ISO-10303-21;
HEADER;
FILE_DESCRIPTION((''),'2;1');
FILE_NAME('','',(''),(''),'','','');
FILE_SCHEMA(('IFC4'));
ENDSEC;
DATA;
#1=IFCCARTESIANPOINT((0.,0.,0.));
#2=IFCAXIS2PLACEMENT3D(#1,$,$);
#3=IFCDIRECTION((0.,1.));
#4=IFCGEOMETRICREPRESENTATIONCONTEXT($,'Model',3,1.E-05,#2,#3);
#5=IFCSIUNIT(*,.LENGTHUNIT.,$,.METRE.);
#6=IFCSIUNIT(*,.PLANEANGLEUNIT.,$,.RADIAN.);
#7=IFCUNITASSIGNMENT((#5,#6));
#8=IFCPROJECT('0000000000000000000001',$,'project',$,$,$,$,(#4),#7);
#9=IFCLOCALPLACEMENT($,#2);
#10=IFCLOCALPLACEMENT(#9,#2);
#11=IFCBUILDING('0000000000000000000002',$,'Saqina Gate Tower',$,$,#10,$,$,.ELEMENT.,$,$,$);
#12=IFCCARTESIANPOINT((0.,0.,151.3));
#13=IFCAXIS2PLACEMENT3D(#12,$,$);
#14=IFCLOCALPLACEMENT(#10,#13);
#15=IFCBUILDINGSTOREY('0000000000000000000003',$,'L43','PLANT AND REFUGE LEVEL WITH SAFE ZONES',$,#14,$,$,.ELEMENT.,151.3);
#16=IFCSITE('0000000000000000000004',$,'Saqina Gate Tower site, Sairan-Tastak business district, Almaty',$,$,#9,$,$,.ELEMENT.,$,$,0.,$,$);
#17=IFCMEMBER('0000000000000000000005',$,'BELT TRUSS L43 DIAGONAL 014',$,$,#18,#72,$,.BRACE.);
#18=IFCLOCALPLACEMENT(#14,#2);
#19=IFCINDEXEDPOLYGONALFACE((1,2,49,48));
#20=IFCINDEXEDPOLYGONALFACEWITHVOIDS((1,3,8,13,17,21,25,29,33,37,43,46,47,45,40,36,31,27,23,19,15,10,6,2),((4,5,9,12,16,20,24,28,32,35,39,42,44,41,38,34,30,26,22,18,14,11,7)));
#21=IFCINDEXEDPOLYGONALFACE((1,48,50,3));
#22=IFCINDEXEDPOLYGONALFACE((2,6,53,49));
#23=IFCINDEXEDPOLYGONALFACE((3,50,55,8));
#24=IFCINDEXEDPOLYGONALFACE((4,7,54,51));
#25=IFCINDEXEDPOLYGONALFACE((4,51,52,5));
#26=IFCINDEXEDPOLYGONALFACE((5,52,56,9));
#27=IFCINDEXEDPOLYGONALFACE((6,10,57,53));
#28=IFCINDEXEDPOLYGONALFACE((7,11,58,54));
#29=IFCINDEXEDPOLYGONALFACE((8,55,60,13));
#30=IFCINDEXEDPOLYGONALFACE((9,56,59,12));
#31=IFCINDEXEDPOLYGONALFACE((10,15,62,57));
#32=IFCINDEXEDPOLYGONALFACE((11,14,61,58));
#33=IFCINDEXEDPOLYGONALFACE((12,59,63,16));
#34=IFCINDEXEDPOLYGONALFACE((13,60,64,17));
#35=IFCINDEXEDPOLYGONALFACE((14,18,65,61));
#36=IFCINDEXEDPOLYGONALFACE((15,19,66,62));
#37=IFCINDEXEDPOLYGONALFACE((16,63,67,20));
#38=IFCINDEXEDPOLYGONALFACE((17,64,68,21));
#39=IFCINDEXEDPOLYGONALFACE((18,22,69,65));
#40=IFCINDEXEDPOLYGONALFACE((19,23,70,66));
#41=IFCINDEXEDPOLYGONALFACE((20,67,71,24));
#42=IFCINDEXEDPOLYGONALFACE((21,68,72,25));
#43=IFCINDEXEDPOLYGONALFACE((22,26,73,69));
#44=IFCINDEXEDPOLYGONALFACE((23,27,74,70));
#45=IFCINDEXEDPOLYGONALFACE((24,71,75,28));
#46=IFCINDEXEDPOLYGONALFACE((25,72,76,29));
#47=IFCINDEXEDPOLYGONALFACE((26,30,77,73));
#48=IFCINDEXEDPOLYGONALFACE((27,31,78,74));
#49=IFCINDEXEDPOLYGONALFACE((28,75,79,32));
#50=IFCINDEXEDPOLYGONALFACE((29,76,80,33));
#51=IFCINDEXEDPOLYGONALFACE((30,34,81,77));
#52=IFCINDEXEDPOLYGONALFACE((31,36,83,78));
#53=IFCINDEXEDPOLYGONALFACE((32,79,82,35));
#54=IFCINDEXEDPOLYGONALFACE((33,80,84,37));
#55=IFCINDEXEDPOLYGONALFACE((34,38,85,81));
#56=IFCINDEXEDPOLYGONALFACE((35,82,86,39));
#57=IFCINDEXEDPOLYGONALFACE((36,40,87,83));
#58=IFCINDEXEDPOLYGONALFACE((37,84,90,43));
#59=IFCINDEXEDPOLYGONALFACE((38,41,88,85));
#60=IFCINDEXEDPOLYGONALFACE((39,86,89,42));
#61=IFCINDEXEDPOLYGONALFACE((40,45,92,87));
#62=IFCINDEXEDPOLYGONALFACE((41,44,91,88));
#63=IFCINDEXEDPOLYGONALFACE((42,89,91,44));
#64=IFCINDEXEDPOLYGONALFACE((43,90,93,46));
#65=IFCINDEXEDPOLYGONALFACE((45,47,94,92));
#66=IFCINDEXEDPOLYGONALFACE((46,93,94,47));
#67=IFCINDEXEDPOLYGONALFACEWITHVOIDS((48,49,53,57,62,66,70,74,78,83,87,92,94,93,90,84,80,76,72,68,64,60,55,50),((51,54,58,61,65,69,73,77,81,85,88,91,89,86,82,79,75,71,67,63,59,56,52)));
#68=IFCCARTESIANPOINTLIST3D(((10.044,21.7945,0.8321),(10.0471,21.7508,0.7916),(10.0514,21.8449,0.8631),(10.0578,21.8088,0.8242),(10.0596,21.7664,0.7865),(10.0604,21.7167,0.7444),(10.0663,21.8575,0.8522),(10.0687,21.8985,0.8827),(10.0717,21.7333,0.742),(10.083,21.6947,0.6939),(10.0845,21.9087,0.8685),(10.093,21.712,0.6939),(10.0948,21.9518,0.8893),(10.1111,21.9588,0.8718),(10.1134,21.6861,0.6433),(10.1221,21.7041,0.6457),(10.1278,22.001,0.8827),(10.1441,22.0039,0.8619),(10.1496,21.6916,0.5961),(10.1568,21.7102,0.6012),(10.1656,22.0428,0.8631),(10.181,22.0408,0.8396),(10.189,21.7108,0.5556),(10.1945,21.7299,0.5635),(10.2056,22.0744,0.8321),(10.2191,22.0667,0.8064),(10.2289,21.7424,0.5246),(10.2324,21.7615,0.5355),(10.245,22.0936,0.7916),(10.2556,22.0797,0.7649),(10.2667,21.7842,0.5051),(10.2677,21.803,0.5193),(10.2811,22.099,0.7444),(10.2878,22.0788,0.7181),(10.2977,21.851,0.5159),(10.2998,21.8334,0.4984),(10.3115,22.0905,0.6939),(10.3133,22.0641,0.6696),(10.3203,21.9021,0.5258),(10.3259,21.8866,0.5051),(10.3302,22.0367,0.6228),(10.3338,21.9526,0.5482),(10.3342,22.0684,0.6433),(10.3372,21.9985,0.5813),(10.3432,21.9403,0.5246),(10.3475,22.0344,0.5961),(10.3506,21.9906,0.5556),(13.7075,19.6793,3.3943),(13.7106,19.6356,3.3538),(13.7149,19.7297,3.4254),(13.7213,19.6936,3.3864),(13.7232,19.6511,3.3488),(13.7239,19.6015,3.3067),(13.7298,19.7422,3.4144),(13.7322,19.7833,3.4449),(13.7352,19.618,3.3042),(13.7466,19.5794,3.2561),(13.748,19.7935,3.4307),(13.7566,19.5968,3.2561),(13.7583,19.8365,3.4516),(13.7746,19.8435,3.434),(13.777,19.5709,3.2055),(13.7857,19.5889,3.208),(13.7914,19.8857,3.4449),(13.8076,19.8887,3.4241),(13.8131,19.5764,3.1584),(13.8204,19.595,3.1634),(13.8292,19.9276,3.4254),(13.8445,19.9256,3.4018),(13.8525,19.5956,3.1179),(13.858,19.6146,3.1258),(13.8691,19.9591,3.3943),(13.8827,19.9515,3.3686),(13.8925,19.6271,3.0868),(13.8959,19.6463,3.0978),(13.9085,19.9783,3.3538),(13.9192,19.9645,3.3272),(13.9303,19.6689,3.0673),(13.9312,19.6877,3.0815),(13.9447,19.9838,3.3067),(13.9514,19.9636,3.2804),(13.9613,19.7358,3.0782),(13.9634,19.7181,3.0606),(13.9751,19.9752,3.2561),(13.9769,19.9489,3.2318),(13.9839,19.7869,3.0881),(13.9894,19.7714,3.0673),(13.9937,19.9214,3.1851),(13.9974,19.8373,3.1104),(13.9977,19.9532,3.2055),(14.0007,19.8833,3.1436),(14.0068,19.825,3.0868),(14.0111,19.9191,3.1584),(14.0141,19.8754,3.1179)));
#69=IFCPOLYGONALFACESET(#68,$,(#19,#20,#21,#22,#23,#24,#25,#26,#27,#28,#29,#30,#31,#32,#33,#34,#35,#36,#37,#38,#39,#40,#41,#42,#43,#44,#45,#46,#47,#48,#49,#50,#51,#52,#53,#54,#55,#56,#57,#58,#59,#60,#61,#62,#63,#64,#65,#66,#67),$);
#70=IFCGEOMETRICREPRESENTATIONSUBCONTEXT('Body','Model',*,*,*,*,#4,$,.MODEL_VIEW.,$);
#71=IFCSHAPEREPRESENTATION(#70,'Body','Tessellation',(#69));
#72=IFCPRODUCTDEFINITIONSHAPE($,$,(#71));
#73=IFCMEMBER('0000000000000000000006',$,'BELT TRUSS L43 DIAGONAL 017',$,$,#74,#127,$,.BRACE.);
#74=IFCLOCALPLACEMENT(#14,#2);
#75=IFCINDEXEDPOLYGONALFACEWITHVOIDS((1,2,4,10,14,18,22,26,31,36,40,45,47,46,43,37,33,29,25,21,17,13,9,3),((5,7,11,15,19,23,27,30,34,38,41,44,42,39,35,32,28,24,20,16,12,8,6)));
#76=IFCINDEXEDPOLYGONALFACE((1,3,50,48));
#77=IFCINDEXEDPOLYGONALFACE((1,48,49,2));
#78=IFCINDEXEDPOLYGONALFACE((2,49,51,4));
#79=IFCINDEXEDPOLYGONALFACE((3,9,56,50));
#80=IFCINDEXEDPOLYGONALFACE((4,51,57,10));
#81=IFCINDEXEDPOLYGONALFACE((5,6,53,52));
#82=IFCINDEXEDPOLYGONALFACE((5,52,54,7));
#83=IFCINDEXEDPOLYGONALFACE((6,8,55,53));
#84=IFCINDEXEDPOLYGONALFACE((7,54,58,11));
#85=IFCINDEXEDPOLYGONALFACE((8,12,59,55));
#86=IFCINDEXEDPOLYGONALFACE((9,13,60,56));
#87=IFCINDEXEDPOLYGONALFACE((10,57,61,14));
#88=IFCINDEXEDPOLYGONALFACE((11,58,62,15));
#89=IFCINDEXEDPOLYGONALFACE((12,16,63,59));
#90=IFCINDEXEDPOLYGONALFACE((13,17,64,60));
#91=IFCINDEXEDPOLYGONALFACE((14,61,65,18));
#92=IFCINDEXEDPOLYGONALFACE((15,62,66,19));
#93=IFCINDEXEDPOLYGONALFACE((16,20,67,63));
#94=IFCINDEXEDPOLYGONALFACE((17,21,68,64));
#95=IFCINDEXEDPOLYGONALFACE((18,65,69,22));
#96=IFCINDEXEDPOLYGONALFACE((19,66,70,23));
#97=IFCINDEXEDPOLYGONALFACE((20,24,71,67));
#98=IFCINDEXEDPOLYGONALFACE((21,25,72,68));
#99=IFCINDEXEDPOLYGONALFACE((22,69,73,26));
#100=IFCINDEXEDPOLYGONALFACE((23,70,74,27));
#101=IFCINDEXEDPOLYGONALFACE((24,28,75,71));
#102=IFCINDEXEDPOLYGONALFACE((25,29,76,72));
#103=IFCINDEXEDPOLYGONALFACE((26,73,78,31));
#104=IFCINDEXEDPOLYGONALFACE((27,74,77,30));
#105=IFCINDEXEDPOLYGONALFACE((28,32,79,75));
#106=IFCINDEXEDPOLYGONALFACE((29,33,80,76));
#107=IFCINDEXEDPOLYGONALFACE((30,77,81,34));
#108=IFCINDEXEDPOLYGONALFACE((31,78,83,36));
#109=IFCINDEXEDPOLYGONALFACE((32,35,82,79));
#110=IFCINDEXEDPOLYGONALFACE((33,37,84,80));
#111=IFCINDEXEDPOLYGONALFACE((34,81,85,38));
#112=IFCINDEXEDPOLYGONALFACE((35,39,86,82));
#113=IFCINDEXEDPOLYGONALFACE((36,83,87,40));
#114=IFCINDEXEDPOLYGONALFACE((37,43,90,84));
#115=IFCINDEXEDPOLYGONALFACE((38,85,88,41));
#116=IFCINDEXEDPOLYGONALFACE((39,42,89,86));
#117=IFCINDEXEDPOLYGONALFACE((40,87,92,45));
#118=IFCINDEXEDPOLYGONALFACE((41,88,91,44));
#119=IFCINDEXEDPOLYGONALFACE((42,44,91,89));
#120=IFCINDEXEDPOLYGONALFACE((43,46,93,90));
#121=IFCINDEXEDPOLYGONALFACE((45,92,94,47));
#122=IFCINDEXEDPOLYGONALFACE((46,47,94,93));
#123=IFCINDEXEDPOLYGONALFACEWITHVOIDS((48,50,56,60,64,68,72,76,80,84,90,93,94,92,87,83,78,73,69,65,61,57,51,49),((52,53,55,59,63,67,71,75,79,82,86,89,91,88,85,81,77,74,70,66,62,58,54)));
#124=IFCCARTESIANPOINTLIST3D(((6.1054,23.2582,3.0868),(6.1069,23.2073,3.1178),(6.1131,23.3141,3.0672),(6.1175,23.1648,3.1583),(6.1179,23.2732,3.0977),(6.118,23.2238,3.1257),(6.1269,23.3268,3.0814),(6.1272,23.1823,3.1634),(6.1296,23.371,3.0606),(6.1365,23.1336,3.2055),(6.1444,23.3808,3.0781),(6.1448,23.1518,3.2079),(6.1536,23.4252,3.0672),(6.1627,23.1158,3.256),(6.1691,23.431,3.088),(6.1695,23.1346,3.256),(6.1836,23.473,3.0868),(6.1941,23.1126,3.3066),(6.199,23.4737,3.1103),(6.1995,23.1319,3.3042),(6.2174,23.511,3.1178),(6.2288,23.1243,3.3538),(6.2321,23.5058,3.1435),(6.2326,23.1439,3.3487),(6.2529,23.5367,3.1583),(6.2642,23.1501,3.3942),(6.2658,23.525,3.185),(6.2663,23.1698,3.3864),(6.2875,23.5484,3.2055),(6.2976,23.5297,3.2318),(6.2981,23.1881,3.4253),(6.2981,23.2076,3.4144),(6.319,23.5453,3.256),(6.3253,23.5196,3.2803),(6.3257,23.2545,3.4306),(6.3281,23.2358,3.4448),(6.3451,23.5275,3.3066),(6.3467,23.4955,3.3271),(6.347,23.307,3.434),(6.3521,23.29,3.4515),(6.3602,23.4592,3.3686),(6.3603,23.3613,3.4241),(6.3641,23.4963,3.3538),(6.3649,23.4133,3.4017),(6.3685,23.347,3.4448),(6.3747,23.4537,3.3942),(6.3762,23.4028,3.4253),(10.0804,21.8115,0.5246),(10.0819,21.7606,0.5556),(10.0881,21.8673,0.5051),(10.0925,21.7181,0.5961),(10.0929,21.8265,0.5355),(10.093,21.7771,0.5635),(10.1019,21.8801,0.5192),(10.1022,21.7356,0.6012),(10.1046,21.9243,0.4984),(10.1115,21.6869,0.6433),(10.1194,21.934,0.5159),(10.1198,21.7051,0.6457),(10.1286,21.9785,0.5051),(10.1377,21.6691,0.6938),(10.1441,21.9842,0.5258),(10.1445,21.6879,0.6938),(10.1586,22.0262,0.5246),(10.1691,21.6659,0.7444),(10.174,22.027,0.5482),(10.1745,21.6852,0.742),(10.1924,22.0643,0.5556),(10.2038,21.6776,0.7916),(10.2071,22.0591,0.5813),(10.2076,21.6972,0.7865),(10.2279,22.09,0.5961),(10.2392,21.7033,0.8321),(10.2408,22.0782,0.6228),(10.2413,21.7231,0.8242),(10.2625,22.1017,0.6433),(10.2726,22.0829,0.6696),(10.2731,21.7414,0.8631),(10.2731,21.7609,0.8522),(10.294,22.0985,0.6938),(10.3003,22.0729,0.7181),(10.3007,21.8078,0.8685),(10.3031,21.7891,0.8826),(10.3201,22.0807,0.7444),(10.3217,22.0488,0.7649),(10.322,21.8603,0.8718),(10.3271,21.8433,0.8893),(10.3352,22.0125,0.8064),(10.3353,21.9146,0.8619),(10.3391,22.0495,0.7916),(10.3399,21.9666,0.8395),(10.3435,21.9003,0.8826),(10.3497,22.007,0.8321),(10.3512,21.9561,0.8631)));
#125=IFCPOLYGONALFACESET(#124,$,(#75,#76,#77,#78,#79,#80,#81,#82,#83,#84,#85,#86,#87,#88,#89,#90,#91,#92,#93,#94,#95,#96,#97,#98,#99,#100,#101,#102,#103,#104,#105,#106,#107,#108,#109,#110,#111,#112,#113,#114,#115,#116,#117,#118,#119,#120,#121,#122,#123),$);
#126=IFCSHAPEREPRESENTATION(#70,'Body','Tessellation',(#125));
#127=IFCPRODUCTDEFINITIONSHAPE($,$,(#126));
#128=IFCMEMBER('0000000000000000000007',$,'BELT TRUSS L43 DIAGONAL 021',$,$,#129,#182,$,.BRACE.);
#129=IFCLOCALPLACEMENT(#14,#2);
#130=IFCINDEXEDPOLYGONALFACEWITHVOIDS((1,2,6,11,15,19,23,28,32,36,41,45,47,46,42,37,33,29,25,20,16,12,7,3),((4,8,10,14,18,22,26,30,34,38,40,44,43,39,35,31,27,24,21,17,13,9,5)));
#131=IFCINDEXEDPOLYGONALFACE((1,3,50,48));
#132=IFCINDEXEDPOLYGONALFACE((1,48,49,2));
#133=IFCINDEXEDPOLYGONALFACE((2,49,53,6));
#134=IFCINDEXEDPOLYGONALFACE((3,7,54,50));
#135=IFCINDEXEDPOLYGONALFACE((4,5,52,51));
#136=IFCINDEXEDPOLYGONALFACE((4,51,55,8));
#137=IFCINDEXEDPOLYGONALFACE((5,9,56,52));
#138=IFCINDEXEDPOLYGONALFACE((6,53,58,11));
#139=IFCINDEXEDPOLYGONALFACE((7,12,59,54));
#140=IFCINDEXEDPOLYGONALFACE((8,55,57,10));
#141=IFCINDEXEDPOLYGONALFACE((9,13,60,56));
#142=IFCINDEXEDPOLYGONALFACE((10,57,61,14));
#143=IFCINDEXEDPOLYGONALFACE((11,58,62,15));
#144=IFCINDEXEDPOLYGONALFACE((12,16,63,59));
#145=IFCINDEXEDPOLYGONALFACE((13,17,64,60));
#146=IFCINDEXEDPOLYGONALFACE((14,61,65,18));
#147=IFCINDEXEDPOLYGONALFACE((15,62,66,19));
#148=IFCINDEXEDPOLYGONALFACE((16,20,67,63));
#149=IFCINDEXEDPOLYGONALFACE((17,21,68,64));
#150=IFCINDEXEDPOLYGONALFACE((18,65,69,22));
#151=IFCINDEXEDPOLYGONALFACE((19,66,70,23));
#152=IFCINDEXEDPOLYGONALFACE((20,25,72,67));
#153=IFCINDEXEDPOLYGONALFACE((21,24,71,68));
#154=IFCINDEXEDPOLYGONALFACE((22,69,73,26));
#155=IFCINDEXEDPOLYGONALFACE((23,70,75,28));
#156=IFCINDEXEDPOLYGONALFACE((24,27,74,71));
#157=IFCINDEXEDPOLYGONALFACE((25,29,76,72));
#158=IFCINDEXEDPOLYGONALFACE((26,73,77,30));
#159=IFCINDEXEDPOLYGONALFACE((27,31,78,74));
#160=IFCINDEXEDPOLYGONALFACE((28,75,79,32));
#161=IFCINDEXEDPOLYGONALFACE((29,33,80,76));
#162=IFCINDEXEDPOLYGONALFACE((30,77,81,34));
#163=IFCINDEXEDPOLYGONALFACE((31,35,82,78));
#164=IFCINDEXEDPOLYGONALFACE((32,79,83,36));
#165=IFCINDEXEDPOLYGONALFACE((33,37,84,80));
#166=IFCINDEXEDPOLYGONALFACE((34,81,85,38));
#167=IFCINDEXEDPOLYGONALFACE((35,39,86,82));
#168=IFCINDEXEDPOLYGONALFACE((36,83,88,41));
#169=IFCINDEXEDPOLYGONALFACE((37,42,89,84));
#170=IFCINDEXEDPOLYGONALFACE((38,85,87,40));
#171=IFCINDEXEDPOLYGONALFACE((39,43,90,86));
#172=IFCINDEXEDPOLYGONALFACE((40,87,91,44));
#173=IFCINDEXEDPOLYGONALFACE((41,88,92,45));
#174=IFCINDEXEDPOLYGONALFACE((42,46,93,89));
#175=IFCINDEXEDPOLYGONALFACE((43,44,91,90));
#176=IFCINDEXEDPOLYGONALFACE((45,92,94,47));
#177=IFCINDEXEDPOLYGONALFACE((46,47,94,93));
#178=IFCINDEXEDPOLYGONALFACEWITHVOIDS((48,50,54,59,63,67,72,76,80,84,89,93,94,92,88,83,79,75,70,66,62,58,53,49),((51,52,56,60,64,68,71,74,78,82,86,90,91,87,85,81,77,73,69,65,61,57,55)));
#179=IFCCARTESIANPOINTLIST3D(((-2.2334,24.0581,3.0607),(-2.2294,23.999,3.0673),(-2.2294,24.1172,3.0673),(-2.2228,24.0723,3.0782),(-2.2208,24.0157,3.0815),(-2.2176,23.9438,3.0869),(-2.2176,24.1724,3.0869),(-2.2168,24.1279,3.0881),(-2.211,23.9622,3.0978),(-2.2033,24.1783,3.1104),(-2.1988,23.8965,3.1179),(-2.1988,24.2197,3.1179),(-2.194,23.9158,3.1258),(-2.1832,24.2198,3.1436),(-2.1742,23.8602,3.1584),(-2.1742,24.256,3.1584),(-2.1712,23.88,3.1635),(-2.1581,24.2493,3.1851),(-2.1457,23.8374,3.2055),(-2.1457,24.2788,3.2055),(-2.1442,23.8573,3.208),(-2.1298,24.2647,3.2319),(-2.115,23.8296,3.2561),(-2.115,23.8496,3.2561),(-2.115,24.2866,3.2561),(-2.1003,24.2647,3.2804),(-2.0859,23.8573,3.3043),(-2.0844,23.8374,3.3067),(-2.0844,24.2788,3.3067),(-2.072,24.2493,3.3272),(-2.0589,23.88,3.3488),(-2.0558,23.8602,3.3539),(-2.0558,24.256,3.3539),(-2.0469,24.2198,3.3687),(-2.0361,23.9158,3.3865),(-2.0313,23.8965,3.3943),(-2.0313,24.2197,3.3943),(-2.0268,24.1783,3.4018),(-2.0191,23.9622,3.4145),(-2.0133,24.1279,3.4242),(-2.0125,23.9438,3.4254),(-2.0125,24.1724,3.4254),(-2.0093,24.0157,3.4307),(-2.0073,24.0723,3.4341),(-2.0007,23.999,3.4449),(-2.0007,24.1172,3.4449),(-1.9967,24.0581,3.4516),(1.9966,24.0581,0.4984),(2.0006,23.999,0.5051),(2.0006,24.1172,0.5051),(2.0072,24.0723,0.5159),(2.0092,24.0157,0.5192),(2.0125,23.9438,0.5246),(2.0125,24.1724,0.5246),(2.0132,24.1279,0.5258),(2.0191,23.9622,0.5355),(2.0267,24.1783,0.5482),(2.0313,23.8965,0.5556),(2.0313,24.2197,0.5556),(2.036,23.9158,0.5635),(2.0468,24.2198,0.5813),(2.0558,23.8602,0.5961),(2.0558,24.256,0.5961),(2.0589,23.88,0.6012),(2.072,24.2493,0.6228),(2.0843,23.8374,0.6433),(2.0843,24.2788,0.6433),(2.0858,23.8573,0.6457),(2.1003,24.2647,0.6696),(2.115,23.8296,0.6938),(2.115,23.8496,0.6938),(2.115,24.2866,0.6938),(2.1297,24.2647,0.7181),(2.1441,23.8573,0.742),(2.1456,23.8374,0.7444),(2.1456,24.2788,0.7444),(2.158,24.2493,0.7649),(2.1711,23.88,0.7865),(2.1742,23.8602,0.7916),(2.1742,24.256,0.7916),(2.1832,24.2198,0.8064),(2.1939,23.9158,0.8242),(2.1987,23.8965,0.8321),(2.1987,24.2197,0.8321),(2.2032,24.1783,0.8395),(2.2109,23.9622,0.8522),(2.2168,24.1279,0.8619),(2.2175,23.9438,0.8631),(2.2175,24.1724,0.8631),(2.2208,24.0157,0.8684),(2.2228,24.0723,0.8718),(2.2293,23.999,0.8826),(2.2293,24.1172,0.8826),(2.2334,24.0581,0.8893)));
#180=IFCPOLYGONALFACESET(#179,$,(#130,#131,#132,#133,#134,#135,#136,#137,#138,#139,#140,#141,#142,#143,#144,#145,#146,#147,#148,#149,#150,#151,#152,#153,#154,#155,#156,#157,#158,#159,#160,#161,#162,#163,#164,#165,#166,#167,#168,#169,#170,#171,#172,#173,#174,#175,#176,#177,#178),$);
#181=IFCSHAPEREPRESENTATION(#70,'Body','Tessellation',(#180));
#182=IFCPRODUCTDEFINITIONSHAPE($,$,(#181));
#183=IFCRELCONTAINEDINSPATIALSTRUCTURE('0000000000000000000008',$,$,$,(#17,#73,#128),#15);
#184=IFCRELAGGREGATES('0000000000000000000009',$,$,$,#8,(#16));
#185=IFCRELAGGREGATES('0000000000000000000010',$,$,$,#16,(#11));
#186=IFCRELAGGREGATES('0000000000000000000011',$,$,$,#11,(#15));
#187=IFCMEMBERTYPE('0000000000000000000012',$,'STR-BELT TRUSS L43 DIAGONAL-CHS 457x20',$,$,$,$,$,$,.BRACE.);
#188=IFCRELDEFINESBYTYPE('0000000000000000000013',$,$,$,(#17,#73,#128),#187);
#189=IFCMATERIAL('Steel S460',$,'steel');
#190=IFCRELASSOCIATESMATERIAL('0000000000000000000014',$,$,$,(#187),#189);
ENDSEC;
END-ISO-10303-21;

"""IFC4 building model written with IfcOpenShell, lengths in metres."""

from ifc_helpers import new_model, si_unit, direction, frame, origin, origin_2d, place, context, subcontext, project, spatial, hollow_circle, extrude, material, material_profile, profile_set, type_object, element, save


model = new_model("IFC4")

# Units and contexts
model_context = context("Model", 3, precision=1e-05, world=origin(), true_north=direction((0.0, 1.0)))
body_context = subcontext(model_context, "Body", "Model", "MODEL_VIEW")
ifc_project = project(units=[si_unit("LENGTHUNIT", "METRE"), si_unit("PLANEANGLEUNIT", "RADIAN")], contexts=[model_context])

# Site, building, storey
site_placement = place(None, origin())
site = spatial("IfcSite", under=ifc_project, at=site_placement, Name="Saqina Gate Tower site, Sairan-Tastak business district, Almaty", CompositionType="ELEMENT", RefElevation=0.0)
building_placement = place(site_placement, origin())
building = spatial("IfcBuilding", under=site, at=building_placement, Name="Saqina Gate Tower", CompositionType="ELEMENT")
storey_placement = place(building_placement, frame((0.0, 0.0, 151.3)))
storey = spatial("IfcBuildingStorey", under=building, at=storey_placement, Name="L43", Description="PLANT AND REFUGE LEVEL WITH SAFE ZONES", CompositionType="ELEMENT", Elevation=151.3)

# Members
ifc_material_1 = material(Name="Steel S460", Category="steel")
ifc_material_profile_1 = material_profile(ifc_material_1, hollow_circle(Radius=0.2285, WallThickness=0.02, at=origin_2d()), Name="CHS 457x20")
ifc_profile_set_1 = profile_set([ifc_material_profile_1], Name="Steel S460")
member_type_1 = type_object("IfcMemberType", Name="STR-BELT TRUSS L43 DIAGONAL-CHS 457x20", PredefinedType="BRACE", material=ifc_profile_set_1)
member_1_placement = place(storey_placement, frame((13.8608, 19.7773, 3.2561), z_axis=(-0.740741, 0.427681, -0.518065), x_axis=(-0.500012, -0.866018, 0.0)))
element("IfcMember", 1, at=member_1_placement, inside=storey, type_object=member_type_1, Name="BELT TRUSS L43 DIAGONAL 014", PredefinedType="BRACE", context=body_context, shape_type="SweptSolid", body=[
    extrude(hollow_circle(Radius=0.2285, WallThickness=0.02, at=origin_2d()), origin(), (0.0, 0.0, 1.0), 4.9458),
])
for number, where, z_axis, x_axis, name in (
    (2, (10.2158, 21.8838, 0.6938), (-0.803752, 0.292534, 0.51808), (-0.342012, -0.939696, 0.0), "BELT TRUSS L43 DIAGONAL 017"),
    (3, (2.115, 24.0581, 0.6938), (-0.85532, 0.0, 0.518099), (0.0, -1.0, 0.0), "BELT TRUSS L43 DIAGONAL 021"),
):
    element("IfcMember", number, at=place(storey_placement, frame(where, z_axis=z_axis, x_axis=x_axis)), inside=storey, type_object=member_type_1, Name=name, PredefinedType="BRACE", context=body_context, shape_type="SweptSolid", body=[
        extrude(hollow_circle(Radius=0.2285, WallThickness=0.02, at=origin_2d()), origin(), (0.0, 0.0, 1.0), 4.9456),
    ])

save(model, "model.ifc")
